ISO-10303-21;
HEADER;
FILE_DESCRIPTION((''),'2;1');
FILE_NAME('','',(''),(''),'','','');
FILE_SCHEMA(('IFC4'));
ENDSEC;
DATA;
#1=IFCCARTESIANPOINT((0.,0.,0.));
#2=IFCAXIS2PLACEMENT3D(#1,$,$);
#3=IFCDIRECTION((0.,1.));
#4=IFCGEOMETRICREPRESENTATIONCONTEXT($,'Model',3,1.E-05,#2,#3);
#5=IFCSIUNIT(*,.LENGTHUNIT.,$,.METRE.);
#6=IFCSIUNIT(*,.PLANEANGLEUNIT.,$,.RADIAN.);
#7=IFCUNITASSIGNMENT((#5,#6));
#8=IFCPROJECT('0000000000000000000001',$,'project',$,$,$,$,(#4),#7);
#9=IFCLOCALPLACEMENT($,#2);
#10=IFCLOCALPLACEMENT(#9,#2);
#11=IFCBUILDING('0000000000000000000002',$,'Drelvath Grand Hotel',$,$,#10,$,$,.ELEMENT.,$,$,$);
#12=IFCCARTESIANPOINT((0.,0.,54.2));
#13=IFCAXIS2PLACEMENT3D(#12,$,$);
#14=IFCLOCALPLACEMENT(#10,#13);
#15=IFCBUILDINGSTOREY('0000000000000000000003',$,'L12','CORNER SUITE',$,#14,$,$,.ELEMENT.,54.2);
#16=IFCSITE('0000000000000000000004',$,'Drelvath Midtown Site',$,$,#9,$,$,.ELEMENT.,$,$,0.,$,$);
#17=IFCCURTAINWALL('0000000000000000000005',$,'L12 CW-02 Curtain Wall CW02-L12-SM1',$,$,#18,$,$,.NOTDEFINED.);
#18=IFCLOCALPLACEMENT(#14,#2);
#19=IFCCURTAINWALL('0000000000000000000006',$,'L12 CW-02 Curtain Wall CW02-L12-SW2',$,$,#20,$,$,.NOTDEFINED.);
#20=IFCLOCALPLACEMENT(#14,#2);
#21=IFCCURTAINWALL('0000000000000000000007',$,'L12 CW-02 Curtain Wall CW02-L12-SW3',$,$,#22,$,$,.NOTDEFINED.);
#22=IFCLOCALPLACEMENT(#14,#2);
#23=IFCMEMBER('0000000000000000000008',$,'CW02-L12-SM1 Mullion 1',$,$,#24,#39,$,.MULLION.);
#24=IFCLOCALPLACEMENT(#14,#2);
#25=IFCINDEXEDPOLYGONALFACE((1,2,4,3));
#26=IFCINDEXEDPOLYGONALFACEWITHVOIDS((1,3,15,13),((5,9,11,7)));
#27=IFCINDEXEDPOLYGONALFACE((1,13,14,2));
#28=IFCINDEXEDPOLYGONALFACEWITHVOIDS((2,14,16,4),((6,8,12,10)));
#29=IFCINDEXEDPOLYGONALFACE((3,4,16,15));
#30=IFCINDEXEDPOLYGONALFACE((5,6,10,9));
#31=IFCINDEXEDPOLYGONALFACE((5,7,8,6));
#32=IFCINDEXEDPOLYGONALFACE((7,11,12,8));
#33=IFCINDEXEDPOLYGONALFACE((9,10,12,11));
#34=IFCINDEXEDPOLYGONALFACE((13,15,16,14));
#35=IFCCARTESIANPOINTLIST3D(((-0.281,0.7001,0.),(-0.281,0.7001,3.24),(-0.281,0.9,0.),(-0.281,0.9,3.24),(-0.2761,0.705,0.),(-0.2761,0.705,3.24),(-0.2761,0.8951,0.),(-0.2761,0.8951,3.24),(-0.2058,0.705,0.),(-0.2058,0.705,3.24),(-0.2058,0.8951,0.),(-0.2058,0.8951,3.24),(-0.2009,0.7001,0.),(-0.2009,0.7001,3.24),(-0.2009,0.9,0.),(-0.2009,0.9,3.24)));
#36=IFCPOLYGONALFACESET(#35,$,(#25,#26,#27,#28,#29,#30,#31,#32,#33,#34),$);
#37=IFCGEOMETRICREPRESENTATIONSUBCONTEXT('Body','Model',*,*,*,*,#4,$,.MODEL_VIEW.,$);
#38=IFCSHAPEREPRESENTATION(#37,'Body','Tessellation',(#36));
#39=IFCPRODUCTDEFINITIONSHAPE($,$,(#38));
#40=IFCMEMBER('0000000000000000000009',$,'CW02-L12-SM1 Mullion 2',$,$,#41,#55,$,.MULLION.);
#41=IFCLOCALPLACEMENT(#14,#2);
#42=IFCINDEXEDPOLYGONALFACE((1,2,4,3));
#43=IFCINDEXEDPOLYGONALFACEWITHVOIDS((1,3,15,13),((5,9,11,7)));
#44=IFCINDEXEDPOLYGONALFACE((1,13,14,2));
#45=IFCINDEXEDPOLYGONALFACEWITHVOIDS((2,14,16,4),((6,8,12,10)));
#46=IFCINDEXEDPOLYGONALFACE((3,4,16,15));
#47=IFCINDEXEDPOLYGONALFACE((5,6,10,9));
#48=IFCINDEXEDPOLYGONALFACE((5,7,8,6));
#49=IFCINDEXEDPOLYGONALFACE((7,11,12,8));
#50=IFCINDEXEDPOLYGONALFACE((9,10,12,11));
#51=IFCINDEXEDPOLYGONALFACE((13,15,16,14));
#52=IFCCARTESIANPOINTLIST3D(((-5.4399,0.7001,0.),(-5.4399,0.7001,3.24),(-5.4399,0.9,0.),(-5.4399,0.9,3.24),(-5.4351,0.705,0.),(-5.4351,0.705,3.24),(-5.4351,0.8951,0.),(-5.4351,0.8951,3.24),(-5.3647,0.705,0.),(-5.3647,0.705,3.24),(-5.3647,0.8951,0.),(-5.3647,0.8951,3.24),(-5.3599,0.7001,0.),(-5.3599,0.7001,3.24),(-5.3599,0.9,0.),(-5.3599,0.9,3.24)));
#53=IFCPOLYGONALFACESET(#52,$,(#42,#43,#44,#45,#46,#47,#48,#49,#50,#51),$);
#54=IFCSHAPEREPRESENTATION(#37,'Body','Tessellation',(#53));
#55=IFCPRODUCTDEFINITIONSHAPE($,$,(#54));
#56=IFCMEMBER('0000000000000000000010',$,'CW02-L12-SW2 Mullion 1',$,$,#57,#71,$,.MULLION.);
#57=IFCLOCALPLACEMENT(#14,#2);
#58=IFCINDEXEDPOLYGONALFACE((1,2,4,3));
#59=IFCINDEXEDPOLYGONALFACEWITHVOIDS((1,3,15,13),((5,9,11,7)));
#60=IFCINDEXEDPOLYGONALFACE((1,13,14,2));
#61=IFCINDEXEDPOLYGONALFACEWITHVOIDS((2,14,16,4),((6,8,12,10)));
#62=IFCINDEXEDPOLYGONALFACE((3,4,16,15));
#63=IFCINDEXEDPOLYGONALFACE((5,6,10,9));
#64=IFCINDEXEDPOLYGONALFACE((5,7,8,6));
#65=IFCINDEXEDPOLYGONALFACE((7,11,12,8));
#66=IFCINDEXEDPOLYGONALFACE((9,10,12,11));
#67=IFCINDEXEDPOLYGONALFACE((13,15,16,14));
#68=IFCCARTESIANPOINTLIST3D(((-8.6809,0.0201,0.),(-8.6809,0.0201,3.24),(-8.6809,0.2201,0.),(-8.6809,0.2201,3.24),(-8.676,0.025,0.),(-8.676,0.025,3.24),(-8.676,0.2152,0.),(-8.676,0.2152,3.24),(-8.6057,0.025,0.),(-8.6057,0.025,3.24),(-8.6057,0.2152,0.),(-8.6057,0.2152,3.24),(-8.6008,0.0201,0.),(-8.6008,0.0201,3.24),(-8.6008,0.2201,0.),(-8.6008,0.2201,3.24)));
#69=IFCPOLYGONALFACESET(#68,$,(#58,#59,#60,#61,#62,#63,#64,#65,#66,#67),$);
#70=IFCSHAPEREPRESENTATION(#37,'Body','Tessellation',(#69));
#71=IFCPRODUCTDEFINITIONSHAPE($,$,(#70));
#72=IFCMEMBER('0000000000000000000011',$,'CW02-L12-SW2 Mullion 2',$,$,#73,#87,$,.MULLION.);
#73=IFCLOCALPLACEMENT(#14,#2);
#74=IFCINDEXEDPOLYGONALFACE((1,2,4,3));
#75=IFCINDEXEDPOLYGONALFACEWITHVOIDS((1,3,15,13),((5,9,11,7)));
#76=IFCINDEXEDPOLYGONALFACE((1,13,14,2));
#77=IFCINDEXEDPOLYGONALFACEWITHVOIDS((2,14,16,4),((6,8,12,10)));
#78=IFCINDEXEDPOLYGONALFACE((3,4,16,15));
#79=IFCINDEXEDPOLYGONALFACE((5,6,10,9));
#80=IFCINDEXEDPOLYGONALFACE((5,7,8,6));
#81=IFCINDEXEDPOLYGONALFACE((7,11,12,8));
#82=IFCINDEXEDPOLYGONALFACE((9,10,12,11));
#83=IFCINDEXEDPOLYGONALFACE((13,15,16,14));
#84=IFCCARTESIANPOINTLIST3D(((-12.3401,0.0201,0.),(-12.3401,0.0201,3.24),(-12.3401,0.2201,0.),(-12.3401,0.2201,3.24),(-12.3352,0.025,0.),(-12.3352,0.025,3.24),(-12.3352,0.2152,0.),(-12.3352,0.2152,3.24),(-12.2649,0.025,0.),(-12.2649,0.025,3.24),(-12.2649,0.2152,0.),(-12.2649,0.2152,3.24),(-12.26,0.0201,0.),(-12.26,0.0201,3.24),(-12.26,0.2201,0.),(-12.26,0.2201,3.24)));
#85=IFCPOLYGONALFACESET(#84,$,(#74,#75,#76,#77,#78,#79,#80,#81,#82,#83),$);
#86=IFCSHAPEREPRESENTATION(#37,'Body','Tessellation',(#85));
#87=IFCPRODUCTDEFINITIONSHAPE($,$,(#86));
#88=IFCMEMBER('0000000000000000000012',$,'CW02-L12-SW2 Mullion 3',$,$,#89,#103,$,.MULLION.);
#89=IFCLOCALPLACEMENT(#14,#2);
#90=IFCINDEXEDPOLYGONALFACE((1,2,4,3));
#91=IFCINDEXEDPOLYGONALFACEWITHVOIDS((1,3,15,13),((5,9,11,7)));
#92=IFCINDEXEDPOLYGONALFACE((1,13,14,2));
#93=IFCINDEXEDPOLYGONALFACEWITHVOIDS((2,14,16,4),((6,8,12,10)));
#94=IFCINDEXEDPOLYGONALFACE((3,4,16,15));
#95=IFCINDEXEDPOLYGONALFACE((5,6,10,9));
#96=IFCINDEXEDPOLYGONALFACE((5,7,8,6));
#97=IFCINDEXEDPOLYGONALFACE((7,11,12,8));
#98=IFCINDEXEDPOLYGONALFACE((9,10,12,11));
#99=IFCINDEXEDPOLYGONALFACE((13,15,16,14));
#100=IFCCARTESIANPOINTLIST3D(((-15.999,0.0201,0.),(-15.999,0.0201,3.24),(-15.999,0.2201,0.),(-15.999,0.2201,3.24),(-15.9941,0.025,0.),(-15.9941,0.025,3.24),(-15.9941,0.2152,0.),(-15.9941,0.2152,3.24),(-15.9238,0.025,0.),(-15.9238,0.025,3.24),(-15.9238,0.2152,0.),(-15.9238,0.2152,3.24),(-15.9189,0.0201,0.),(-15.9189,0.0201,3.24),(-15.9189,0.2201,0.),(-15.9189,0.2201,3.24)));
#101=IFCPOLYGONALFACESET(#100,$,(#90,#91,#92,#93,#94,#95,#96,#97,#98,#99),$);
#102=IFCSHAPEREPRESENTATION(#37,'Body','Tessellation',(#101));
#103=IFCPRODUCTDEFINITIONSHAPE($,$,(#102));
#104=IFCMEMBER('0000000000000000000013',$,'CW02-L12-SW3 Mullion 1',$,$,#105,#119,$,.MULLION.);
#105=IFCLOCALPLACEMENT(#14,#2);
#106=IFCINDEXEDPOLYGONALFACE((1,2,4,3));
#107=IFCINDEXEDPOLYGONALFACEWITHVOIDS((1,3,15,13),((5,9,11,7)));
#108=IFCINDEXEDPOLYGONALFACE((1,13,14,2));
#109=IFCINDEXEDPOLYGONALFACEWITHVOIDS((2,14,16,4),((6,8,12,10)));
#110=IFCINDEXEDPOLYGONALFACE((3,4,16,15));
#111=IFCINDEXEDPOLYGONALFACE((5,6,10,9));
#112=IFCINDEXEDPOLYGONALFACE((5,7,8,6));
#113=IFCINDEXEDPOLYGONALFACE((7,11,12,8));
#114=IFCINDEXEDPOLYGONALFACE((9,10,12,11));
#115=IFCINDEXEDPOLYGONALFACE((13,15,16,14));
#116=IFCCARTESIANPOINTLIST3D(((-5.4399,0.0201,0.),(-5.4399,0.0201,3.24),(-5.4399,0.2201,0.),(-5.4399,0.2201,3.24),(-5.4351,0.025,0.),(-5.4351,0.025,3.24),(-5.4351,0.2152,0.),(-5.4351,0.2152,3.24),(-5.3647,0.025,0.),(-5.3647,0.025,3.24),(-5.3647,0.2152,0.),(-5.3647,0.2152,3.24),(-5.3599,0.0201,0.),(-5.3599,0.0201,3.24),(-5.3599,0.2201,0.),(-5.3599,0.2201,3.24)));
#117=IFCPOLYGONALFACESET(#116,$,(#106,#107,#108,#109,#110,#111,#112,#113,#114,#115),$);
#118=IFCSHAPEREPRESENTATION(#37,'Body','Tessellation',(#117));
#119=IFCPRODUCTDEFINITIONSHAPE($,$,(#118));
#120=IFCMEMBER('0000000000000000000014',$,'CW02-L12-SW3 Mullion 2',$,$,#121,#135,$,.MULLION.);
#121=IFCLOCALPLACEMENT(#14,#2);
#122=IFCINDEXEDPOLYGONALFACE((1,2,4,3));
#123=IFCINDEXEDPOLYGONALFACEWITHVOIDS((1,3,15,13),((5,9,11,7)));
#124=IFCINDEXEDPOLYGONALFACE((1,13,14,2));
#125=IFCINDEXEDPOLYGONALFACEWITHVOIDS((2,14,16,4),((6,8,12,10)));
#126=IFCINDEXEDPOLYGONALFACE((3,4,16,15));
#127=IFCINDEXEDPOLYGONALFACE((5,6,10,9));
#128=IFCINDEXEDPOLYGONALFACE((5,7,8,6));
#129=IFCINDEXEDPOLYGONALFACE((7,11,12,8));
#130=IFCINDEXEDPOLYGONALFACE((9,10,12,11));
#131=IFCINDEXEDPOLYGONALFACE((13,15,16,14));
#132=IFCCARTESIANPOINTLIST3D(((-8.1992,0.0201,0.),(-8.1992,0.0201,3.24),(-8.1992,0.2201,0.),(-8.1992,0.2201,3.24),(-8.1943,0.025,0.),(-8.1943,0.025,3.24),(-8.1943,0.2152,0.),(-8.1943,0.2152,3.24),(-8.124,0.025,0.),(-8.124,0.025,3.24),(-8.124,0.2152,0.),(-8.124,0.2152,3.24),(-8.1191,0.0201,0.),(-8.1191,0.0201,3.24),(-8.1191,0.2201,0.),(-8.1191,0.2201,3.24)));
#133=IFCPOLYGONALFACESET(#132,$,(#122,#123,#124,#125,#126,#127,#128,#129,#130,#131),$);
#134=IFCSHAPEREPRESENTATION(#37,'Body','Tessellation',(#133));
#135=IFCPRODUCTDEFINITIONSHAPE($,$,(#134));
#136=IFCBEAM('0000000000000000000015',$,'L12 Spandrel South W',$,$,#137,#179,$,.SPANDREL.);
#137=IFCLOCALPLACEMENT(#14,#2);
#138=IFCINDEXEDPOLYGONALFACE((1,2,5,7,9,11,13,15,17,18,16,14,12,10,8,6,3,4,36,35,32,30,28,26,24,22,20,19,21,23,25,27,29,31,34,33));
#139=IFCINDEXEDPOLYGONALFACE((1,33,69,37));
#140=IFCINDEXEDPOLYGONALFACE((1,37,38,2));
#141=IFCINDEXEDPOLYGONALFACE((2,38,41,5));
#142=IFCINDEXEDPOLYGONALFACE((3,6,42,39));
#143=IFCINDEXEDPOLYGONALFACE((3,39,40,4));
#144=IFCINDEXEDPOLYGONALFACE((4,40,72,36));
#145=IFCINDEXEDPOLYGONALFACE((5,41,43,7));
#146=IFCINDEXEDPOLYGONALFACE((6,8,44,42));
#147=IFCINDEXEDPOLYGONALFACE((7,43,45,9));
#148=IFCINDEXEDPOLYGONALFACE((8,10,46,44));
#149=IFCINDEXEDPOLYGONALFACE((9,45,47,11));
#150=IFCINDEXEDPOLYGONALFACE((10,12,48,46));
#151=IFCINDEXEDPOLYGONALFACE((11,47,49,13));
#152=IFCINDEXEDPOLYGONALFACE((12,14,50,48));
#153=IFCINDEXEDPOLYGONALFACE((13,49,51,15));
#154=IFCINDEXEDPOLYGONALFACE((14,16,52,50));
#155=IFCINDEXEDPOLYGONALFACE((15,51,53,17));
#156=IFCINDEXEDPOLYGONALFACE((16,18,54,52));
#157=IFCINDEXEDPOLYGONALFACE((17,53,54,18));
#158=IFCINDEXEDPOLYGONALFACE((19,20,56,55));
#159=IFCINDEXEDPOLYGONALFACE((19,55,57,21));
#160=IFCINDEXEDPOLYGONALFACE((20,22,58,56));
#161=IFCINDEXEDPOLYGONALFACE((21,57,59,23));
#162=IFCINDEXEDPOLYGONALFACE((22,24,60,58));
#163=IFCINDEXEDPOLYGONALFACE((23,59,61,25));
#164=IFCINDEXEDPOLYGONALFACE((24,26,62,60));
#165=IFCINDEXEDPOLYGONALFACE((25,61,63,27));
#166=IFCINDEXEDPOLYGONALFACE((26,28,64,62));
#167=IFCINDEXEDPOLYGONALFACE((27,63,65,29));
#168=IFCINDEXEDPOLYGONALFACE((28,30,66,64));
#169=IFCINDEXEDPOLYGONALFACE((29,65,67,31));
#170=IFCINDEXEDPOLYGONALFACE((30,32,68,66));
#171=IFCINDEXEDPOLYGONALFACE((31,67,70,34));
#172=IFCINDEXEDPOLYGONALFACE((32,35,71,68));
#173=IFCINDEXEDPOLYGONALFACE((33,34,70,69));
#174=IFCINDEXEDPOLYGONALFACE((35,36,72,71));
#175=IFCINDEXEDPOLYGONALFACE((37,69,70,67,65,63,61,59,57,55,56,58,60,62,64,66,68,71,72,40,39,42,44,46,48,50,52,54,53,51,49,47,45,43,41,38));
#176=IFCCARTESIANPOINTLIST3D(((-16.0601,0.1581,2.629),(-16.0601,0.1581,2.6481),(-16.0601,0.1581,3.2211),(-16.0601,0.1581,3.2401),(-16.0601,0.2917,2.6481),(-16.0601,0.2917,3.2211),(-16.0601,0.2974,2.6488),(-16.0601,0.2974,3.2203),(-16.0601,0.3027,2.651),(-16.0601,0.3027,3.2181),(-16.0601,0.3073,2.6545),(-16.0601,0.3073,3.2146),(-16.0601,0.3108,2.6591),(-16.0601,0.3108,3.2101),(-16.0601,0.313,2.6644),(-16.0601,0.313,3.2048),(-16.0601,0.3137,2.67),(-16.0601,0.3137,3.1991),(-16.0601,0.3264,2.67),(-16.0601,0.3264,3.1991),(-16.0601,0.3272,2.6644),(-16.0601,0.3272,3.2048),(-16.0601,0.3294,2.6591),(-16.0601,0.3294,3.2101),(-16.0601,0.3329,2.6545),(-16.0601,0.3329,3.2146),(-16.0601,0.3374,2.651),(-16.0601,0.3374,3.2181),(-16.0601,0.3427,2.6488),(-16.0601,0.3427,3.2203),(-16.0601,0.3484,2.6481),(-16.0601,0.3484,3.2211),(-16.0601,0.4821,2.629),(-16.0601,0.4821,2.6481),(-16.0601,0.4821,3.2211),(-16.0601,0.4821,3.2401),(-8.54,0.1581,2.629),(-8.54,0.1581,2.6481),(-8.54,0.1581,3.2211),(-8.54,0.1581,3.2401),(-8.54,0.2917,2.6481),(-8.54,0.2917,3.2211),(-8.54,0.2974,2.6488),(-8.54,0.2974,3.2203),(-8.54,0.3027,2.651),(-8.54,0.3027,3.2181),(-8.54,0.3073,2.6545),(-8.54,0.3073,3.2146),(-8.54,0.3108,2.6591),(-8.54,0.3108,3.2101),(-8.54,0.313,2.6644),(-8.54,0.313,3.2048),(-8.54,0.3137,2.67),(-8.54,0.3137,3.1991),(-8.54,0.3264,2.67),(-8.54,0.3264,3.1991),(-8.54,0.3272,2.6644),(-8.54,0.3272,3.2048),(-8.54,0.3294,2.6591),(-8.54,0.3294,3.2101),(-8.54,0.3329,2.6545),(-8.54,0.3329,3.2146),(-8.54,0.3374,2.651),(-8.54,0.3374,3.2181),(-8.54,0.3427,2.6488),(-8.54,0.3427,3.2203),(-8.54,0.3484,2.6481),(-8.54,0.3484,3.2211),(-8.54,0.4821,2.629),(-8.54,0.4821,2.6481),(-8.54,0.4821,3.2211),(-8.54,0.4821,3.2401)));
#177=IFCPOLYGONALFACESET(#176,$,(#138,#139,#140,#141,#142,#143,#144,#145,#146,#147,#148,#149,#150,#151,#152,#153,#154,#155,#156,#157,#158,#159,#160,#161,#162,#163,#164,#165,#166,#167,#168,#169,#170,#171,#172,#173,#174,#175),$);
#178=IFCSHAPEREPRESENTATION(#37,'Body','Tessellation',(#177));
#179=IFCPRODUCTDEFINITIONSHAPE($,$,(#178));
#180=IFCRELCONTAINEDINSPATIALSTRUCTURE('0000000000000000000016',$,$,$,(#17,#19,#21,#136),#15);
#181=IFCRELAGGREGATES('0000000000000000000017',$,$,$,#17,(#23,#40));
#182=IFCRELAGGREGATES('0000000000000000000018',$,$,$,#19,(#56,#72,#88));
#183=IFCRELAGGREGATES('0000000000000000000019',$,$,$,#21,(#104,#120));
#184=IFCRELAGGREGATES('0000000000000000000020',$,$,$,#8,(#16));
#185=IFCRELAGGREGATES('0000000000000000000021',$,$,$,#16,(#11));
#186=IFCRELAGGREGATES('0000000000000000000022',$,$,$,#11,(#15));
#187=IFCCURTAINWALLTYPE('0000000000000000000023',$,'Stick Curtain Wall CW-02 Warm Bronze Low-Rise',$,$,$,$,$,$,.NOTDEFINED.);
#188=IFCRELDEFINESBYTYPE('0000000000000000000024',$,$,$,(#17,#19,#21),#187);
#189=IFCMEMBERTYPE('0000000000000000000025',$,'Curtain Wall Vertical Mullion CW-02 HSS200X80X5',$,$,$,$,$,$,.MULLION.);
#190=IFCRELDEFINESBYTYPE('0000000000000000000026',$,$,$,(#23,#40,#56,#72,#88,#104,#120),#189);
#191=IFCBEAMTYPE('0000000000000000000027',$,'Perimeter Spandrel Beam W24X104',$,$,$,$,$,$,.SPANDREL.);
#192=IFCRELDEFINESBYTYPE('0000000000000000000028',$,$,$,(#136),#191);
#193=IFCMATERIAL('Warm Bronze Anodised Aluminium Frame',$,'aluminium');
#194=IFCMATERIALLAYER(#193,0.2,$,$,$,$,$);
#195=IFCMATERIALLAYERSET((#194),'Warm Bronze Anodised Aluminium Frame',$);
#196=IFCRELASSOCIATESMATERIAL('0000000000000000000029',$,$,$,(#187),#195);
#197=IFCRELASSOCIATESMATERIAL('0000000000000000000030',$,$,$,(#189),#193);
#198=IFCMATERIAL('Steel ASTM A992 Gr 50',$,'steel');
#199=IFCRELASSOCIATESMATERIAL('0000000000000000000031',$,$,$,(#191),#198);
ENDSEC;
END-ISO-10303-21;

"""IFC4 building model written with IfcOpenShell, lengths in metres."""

from ifc_helpers import new_model, si_unit, direction, frame, origin, origin_2d, place, context, subcontext, project, spatial, hollow_rectangle, i_section, extrude, material, layer, layer_set, material_profile, profile_set, type_object, element, aggregate, save


model = new_model("IFC4")

# Units and contexts
model_context = context("Model", 3, precision=1e-05, world=origin(), true_north=direction((0.0, 1.0)))
body_context = subcontext(model_context, "Body", "Model", "MODEL_VIEW")
ifc_project = project(units=[si_unit("LENGTHUNIT", "METRE"), si_unit("PLANEANGLEUNIT", "RADIAN")], contexts=[model_context])

# Site, building, storey
site_placement = place(None, origin())
site = spatial("IfcSite", under=ifc_project, at=site_placement, Name="Drelvath Midtown Site", CompositionType="ELEMENT", RefElevation=0.0)
building_placement = place(site_placement, origin())
building = spatial("IfcBuilding", under=site, at=building_placement, Name="Drelvath Grand Hotel", CompositionType="ELEMENT")
storey_placement = place(building_placement, frame((0.0, 0.0, 54.2)))
storey = spatial("IfcBuildingStorey", under=building, at=storey_placement, Name="L12", Description="CORNER SUITE", CompositionType="ELEMENT", Elevation=54.2)

# Shared definitions
ifc_material_1 = material(Name="Steel ASTM A992 Gr 50", Category="steel")

# Curtain walls
ifc_material_2 = material(Name="Warm Bronze Anodised Aluminium Frame", Category="aluminium")
ifc_layer_1 = layer(ifc_material_2, 0.2)
ifc_layer_set_1 = layer_set([ifc_layer_1], Name="Warm Bronze Anodised Aluminium Frame")
curtain_wall_type = type_object("IfcCurtainWallType", Name="Stick Curtain Wall CW-02 Warm Bronze Low-Rise", PredefinedType="NOTDEFINED", material=ifc_layer_set_1)
curtain_wall_1_placement = place(storey_placement, origin())
curtain_wall_1 = element("IfcCurtainWall", 1, at=curtain_wall_1_placement, inside=storey, type_object=curtain_wall_type, Name="L12 CW-02 Curtain Wall CW02-L12-SM1", PredefinedType="NOTDEFINED")
curtain_wall_2_placement = place(storey_placement, origin())
curtain_wall_2 = element("IfcCurtainWall", 2, at=curtain_wall_2_placement, inside=storey, type_object=curtain_wall_type, Name="L12 CW-02 Curtain Wall CW02-L12-SW2", PredefinedType="NOTDEFINED")
curtain_wall_3_placement = place(storey_placement, origin())
curtain_wall_3 = element("IfcCurtainWall", 3, at=curtain_wall_3_placement, inside=storey, type_object=curtain_wall_type, Name="L12 CW-02 Curtain Wall CW02-L12-SW3", PredefinedType="NOTDEFINED")

# Members
ifc_material_profile_1 = material_profile(ifc_material_2, hollow_rectangle(XDim=0.0801, YDim=0.2, WallThickness=0.0049, at=origin_2d()), Name="HSS200X80X5")
ifc_profile_set_1 = profile_set([ifc_material_profile_1], Name="Warm Bronze Anodised Aluminium Frame")
member_type_1 = type_object("IfcMemberType", Name="Curtain Wall Vertical Mullion CW-02 HSS200X80X5", PredefinedType="MULLION", material=ifc_profile_set_1)
member_1_placement = place(storey_placement, frame((-0.241, 0.8, 0.0), z_axis=(0.0, 0.0, 1.0), x_axis=(1.0, 0.0, 0.0)))
member_1 = element("IfcMember", 4, at=member_1_placement, type_object=member_type_1, Name="CW02-L12-SM1 Mullion 1", PredefinedType="MULLION", context=body_context, shape_type="SweptSolid", body=[
    extrude(hollow_rectangle(XDim=0.0801, YDim=0.2, WallThickness=0.0049, at=origin_2d()), origin(), (0.0, 0.0, 1.0), 3.24),
])
member_2_placement = place(storey_placement, frame((-5.3999, 0.8, 0.0), z_axis=(0.0, 0.0, 1.0), x_axis=(1.0, 0.0, 0.0)))
member_2 = element("IfcMember", 5, at=member_2_placement, type_object=member_type_1, Name="CW02-L12-SM1 Mullion 2", PredefinedType="MULLION", context=body_context, shape_type="SweptSolid", body=[
    extrude(hollow_rectangle(XDim=0.0801, YDim=0.2, WallThickness=0.0049, at=origin_2d()), origin(), (0.0, 0.0, 1.0), 3.24),
])
member_3_placement = place(storey_placement, frame((-8.6409, 0.1201, 0.0), z_axis=(0.0, 0.0, 1.0), x_axis=(1.0, 0.0, 0.0)))
member_3 = element("IfcMember", 6, at=member_3_placement, type_object=member_type_1, Name="CW02-L12-SW2 Mullion 1", PredefinedType="MULLION", context=body_context, shape_type="SweptSolid", body=[
    extrude(hollow_rectangle(XDim=0.0801, YDim=0.2, WallThickness=0.0049, at=origin_2d()), origin(), (0.0, 0.0, 1.0), 3.24),
])
member_4_placement = place(storey_placement, frame((-12.3, 0.1201, 0.0), z_axis=(0.0, 0.0, 1.0), x_axis=(1.0, 0.0, 0.0)))
member_4 = element("IfcMember", 7, at=member_4_placement, type_object=member_type_1, Name="CW02-L12-SW2 Mullion 2", PredefinedType="MULLION", context=body_context, shape_type="SweptSolid", body=[
    extrude(hollow_rectangle(XDim=0.0801, YDim=0.2, WallThickness=0.0049, at=origin_2d()), origin(), (0.0, 0.0, 1.0), 3.24),
])
member_5_placement = place(storey_placement, frame((-15.959, 0.1201, 0.0), z_axis=(0.0, 0.0, 1.0), x_axis=(1.0, 0.0, 0.0)))
member_5 = element("IfcMember", 8, at=member_5_placement, type_object=member_type_1, Name="CW02-L12-SW2 Mullion 3", PredefinedType="MULLION", context=body_context, shape_type="SweptSolid", body=[
    extrude(hollow_rectangle(XDim=0.0801, YDim=0.2, WallThickness=0.0049, at=origin_2d()), origin(), (0.0, 0.0, 1.0), 3.24),
])
member_6_placement = place(storey_placement, frame((-5.3999, 0.1201, 0.0), z_axis=(0.0, 0.0, 1.0), x_axis=(1.0, 0.0, 0.0)))
member_6 = element("IfcMember", 9, at=member_6_placement, type_object=member_type_1, Name="CW02-L12-SW3 Mullion 1", PredefinedType="MULLION", context=body_context, shape_type="SweptSolid", body=[
    extrude(hollow_rectangle(XDim=0.0801, YDim=0.2, WallThickness=0.0049, at=origin_2d()), origin(), (0.0, 0.0, 1.0), 3.24),
])
member_7_placement = place(storey_placement, frame((-8.1592, 0.1201, 0.0), z_axis=(0.0, 0.0, 1.0), x_axis=(1.0, 0.0, 0.0)))
member_7 = element("IfcMember", 10, at=member_7_placement, type_object=member_type_1, Name="CW02-L12-SW3 Mullion 2", PredefinedType="MULLION", context=body_context, shape_type="SweptSolid", body=[
    extrude(hollow_rectangle(XDim=0.0801, YDim=0.2, WallThickness=0.0049, at=origin_2d()), origin(), (0.0, 0.0, 1.0), 3.24),
])

# Beam
ifc_material_profile_2 = material_profile(ifc_material_1, i_section(OverallWidth=0.324, OverallDepth=0.6111, WebThickness=0.0127, FlangeThickness=0.019, FilletRadius=0.022, at=origin_2d()), Name="W24X104")
ifc_profile_set_2 = profile_set([ifc_material_profile_2], Name="Steel ASTM A992 Gr 50")
beam_type_1 = type_object("IfcBeamType", Name="Perimeter Spandrel Beam W24X104", PredefinedType="SPANDREL", material=ifc_profile_set_2)
beam_1_placement = place(storey_placement, frame((-16.0601, 0.3201, 2.9346), z_axis=(1.0, 0.0, 0.0), x_axis=(0.0, 1.0, 0.0)))
element("IfcBeam", 11, at=beam_1_placement, inside=storey, type_object=beam_type_1, Name="L12 Spandrel South W", PredefinedType="SPANDREL", context=body_context, shape_type="SweptSolid", body=[
    extrude(i_section(OverallWidth=0.324, OverallDepth=0.6111, WebThickness=0.0127, FlangeThickness=0.019, FilletRadius=0.022, at=origin_2d()), origin(), (0.0, 0.0, 1.0), 7.52),
])

aggregate(curtain_wall_1, [member_1, member_2])
aggregate(curtain_wall_2, [member_3, member_4, member_5])
aggregate(curtain_wall_3, [member_6, member_7])

save(model, "model.ifc")
